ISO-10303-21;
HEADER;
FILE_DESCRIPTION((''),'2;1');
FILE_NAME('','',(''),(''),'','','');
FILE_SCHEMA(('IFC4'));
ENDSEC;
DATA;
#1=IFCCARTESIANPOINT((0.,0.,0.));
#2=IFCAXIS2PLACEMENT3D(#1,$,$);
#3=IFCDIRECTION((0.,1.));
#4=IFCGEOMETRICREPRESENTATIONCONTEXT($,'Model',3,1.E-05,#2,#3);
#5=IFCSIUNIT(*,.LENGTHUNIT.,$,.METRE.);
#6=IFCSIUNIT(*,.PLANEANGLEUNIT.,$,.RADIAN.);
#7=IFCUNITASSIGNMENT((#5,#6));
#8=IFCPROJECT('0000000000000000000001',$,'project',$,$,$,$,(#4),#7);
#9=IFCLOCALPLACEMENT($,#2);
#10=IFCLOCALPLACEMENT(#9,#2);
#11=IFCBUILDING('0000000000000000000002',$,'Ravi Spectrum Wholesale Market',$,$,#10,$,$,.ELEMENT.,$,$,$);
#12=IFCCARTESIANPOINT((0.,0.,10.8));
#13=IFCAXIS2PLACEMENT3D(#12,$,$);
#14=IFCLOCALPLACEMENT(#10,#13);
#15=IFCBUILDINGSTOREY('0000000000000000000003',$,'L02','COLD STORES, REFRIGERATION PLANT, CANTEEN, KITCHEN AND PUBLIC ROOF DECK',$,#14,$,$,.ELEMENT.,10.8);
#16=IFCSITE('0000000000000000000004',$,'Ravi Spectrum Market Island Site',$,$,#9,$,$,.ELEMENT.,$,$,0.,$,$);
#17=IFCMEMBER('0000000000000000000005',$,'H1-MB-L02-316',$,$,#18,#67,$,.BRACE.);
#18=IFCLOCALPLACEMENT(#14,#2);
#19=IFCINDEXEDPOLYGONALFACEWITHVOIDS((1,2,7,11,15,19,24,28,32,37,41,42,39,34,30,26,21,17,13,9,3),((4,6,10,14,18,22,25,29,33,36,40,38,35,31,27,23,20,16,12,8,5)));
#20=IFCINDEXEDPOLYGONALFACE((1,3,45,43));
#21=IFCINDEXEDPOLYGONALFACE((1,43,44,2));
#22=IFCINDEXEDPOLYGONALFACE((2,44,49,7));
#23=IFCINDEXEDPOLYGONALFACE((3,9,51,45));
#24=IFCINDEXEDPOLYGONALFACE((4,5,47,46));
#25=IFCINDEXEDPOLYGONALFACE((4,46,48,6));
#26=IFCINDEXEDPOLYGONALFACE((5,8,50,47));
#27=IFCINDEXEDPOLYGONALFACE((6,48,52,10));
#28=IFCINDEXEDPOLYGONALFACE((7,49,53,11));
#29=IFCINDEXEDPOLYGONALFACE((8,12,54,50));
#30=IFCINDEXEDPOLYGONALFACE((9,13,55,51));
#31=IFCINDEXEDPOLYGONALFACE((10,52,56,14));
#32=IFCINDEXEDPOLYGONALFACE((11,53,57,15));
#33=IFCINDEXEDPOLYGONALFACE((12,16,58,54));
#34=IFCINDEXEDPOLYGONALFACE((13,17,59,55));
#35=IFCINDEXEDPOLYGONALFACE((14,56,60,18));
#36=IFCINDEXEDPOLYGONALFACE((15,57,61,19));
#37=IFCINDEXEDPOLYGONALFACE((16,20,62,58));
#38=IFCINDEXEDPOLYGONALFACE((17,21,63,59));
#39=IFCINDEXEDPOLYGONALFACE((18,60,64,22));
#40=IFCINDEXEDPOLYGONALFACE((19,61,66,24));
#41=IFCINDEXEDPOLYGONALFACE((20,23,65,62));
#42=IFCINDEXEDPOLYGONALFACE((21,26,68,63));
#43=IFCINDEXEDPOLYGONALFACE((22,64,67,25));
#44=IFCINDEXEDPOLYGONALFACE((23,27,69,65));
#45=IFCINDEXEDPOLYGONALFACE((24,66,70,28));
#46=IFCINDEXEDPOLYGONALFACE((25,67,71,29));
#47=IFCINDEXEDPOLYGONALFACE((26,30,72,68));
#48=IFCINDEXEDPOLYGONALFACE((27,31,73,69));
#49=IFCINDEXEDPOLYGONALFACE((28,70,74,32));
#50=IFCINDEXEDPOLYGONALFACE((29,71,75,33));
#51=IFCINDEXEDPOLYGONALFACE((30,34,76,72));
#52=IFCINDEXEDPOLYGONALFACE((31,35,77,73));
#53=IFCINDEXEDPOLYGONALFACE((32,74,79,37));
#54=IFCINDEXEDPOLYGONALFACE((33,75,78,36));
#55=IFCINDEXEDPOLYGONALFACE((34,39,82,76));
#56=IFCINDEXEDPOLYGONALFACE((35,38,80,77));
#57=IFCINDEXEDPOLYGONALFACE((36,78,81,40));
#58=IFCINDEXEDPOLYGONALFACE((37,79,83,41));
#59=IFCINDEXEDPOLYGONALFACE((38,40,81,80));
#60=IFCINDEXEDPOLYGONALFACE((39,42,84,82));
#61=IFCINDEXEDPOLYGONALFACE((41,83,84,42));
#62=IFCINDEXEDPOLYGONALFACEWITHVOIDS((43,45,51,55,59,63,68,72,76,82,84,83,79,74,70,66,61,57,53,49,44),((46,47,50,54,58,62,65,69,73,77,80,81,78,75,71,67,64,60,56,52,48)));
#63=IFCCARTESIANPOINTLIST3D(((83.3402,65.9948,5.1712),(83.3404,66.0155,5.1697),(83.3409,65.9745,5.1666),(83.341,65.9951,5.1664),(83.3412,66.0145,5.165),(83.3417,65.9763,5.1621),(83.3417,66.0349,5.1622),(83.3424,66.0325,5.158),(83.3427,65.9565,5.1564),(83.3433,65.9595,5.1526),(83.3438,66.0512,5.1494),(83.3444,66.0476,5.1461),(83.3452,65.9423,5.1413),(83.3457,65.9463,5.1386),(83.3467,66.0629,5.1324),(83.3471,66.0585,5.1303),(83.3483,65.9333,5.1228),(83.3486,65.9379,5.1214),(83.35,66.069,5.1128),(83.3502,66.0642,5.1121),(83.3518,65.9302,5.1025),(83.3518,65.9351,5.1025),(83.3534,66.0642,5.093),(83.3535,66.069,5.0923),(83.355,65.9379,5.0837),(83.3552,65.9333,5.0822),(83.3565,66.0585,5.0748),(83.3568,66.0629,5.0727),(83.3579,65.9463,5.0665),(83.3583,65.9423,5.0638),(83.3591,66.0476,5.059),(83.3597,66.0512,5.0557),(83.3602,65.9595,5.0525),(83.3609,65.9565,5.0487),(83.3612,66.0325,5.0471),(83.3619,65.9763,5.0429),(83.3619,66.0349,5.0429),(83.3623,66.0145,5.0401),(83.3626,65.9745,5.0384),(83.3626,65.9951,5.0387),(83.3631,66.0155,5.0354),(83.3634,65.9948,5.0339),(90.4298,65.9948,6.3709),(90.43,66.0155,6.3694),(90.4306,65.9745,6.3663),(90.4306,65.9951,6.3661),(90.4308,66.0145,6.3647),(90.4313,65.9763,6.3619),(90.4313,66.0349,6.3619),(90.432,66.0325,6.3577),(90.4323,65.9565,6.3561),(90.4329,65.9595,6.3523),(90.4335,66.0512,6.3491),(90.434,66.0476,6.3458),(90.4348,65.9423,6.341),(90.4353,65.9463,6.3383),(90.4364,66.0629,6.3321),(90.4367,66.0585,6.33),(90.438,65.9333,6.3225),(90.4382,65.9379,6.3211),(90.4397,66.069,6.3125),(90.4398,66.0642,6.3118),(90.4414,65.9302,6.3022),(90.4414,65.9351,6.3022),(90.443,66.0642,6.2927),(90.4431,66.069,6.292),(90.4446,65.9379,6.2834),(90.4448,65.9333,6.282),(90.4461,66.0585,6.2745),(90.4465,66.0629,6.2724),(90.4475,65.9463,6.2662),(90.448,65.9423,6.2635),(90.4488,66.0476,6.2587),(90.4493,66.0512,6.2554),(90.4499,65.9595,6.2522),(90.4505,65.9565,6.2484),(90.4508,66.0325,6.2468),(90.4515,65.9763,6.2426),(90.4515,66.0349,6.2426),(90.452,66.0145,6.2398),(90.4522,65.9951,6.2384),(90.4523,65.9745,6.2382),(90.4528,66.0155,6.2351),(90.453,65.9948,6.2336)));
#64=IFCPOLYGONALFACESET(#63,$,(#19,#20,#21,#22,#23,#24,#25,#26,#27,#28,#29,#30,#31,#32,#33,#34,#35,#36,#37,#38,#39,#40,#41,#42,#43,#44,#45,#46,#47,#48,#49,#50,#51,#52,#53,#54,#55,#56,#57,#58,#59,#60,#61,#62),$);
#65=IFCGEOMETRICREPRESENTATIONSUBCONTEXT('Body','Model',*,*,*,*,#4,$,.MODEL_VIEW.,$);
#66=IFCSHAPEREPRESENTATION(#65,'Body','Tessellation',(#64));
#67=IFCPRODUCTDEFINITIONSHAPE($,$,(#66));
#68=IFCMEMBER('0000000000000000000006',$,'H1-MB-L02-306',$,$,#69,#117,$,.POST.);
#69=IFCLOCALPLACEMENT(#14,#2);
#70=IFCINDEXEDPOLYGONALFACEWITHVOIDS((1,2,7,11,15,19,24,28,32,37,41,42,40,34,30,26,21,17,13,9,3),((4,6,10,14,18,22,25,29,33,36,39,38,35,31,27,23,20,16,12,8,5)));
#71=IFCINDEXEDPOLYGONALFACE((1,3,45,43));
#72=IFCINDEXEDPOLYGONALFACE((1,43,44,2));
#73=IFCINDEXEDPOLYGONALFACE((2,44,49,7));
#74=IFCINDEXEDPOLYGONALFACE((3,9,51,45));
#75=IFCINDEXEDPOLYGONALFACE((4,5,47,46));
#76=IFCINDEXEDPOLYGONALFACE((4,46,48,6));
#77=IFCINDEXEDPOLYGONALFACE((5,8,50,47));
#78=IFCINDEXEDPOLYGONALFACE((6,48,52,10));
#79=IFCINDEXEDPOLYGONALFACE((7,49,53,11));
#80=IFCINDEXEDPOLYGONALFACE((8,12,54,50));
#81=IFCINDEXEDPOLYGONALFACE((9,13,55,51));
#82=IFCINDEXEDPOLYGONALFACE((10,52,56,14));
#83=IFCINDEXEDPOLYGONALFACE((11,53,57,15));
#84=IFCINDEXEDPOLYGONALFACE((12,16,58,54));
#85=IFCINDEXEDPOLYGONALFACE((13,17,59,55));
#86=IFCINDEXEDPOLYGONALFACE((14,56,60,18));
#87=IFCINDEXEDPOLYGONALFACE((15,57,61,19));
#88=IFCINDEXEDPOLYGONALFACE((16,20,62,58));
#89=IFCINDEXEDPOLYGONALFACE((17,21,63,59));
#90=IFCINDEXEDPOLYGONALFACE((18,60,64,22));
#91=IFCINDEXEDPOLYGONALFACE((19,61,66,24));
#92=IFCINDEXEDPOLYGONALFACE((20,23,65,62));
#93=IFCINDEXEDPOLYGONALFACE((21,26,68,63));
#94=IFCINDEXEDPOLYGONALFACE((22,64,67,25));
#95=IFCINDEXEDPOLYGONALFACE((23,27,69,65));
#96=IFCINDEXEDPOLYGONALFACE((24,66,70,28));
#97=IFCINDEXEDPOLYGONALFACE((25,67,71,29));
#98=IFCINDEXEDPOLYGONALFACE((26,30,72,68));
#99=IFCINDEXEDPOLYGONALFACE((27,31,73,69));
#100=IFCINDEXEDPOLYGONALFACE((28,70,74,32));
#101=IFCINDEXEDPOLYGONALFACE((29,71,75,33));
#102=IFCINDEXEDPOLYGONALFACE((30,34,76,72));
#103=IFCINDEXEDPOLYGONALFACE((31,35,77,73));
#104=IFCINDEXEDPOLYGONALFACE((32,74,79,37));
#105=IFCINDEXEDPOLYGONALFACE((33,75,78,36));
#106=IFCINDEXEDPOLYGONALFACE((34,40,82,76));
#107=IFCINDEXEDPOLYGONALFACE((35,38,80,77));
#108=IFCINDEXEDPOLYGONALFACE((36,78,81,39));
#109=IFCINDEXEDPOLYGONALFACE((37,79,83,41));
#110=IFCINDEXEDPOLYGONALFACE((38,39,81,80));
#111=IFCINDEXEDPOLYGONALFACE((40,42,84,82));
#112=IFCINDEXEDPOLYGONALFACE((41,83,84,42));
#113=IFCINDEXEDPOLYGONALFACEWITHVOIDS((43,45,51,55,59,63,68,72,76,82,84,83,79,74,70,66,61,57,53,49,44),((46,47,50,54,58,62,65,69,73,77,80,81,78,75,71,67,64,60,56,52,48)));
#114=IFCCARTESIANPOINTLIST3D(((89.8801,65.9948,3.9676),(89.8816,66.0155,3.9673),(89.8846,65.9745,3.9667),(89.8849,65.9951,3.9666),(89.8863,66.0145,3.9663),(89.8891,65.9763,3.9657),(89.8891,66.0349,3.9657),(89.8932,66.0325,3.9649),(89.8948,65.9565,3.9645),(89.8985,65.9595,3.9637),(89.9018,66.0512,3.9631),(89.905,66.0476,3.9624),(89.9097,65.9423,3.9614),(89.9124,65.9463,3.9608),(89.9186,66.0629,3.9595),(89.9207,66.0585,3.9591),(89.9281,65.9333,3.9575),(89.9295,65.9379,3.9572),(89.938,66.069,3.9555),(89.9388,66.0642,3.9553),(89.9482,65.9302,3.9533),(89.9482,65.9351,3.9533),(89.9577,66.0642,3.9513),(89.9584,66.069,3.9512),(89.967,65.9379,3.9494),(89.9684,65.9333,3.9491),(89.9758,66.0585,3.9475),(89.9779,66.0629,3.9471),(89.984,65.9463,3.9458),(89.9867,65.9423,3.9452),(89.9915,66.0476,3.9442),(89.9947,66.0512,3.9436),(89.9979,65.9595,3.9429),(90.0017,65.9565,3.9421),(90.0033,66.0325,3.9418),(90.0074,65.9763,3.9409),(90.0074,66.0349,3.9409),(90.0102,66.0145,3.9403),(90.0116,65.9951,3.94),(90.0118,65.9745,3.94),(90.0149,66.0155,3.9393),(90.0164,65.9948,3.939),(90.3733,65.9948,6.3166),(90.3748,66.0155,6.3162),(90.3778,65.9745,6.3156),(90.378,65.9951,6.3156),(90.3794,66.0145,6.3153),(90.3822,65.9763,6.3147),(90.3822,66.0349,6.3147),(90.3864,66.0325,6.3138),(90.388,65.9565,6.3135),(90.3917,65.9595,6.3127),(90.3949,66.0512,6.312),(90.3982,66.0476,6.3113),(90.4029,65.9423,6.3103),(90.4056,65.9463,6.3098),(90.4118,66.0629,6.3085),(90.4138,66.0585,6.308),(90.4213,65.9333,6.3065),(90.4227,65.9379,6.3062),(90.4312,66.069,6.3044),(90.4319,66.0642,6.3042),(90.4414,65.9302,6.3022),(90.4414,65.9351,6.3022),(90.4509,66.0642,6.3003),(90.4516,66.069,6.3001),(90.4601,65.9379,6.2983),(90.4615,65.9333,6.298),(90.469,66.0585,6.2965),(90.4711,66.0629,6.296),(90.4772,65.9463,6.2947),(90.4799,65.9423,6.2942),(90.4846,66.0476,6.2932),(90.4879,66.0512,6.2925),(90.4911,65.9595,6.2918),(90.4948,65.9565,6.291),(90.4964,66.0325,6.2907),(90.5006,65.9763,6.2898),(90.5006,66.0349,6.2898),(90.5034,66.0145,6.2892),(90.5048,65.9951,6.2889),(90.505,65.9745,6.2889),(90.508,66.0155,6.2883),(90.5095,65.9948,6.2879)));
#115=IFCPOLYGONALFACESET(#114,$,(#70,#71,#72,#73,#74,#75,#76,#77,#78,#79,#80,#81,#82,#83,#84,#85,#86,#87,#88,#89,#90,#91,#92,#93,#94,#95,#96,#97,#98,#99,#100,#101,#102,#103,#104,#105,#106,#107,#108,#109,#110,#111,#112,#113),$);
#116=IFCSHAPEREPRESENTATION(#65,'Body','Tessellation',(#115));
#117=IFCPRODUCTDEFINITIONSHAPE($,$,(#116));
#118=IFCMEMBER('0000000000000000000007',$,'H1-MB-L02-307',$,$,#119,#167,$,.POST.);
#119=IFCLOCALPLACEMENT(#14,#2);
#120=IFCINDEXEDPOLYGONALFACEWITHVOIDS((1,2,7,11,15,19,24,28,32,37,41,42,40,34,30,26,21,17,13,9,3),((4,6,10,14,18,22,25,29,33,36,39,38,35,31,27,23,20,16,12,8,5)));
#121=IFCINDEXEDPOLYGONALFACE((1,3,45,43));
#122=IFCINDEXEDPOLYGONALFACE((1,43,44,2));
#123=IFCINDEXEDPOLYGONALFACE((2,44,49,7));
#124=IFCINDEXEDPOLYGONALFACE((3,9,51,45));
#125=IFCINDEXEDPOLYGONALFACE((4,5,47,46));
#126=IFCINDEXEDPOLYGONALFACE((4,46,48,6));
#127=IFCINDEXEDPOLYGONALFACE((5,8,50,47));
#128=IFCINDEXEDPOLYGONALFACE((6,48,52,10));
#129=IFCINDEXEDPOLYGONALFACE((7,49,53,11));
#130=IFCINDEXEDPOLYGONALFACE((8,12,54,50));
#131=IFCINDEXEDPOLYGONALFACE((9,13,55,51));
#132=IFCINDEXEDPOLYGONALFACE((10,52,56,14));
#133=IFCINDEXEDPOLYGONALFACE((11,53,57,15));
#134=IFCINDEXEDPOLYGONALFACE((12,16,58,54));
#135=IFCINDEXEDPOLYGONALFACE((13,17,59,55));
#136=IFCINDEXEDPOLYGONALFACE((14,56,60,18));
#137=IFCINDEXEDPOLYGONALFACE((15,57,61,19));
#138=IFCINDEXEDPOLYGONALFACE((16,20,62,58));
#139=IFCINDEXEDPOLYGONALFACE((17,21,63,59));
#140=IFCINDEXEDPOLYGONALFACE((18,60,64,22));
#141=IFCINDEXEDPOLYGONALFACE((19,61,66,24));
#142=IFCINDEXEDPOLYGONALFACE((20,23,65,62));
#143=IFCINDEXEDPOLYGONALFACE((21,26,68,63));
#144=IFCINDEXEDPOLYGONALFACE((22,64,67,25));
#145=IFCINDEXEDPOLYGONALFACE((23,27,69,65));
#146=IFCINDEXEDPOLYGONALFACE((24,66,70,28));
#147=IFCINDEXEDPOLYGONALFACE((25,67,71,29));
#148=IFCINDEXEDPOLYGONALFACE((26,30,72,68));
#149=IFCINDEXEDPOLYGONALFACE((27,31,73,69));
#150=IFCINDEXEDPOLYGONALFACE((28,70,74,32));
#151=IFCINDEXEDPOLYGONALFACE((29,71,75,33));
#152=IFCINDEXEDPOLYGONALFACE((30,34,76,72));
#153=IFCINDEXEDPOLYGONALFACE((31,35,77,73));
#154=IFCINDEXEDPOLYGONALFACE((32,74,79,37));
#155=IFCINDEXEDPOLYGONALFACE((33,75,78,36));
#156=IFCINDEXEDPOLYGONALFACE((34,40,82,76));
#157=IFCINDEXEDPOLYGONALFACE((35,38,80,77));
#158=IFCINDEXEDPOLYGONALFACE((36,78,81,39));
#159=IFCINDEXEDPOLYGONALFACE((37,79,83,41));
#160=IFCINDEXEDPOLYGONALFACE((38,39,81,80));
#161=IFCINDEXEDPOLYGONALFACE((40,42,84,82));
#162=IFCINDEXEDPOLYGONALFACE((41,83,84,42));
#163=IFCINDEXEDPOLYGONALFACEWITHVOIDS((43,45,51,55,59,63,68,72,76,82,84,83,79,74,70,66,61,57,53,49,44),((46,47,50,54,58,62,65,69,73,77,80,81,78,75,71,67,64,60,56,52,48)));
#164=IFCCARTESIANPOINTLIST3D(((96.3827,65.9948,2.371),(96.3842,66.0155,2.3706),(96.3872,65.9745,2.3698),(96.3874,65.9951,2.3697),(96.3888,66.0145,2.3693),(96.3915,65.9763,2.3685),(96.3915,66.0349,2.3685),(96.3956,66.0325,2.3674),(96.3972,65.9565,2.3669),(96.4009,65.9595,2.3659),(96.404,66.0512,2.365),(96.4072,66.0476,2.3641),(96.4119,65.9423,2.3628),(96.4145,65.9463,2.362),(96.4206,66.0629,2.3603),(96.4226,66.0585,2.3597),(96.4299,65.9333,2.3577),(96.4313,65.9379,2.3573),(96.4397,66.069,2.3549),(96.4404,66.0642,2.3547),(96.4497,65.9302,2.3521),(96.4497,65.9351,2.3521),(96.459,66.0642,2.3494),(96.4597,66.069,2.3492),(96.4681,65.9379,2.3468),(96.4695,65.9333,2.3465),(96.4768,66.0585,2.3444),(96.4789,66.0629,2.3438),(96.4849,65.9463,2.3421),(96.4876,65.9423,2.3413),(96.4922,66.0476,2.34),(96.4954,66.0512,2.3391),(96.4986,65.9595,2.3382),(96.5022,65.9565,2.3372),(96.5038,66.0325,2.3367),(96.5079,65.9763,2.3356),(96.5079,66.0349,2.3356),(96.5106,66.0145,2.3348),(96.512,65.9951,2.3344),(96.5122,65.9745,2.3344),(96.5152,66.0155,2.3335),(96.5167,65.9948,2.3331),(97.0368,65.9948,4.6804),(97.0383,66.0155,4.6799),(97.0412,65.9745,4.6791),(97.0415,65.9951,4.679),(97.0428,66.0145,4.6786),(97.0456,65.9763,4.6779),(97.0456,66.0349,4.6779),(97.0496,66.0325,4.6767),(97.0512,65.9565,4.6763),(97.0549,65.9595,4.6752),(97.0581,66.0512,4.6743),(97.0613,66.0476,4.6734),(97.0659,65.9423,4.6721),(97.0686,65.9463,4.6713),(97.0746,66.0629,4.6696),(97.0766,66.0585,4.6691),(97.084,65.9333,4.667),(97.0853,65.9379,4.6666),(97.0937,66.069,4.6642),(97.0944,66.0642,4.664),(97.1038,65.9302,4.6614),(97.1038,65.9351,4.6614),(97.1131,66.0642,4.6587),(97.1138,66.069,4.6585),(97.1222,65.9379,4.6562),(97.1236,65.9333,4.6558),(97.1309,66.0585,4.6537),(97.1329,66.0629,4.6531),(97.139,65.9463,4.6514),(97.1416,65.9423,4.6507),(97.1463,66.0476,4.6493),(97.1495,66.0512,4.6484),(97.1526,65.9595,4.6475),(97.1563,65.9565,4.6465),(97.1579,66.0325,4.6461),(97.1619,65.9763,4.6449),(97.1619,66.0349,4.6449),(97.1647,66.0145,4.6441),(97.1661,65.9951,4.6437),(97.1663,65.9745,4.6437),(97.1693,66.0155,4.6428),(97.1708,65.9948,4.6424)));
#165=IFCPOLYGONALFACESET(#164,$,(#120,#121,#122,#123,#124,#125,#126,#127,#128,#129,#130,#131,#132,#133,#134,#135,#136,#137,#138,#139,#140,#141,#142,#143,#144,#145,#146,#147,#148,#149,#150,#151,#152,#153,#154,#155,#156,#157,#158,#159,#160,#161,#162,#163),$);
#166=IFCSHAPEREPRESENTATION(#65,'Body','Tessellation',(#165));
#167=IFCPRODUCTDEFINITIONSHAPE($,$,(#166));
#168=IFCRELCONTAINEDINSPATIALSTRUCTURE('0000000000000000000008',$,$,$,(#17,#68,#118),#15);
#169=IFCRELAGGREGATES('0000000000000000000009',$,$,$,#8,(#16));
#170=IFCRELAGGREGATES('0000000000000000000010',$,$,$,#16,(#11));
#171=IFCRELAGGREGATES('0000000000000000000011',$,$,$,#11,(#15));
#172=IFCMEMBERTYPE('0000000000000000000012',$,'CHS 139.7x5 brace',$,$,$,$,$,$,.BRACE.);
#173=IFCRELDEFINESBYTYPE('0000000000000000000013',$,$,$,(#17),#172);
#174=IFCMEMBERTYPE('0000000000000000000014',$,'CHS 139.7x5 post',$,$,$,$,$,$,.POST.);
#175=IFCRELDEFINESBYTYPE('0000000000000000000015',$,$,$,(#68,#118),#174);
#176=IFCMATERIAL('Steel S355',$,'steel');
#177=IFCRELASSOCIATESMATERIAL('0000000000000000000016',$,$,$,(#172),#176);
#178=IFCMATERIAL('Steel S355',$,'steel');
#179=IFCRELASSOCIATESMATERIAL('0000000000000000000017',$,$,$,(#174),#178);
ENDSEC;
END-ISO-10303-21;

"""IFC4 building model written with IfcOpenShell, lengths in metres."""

from ifc_helpers import new_model, si_unit, direction, frame, origin, origin_2d, place, context, subcontext, project, spatial, hollow_circle, extrude, material, material_profile, profile_set, type_object, element, save


model = new_model("IFC4")

# Units and contexts
model_context = context("Model", 3, precision=1e-05, world=origin(), true_north=direction((0.0, 1.0)))
body_context = subcontext(model_context, "Body", "Model", "MODEL_VIEW")
ifc_project = project(units=[si_unit("LENGTHUNIT", "METRE"), si_unit("PLANEANGLEUNIT", "RADIAN")], contexts=[model_context])

# Site, building, storey
site_placement = place(None, origin())
site = spatial("IfcSite", under=ifc_project, at=site_placement, Name="Ravi Spectrum Market Island Site", CompositionType="ELEMENT", RefElevation=0.0)
building_placement = place(site_placement, origin())
building = spatial("IfcBuilding", under=site, at=building_placement, Name="Ravi Spectrum Wholesale Market", CompositionType="ELEMENT")
storey_placement = place(building_placement, frame((0.0, 0.0, 10.8)))
storey = spatial("IfcBuildingStorey", under=building, at=storey_placement, Name="L02", Description="COLD STORES, REFRIGERATION PLANT, CANTEEN, KITCHEN AND PUBLIC ROOF DECK", CompositionType="ELEMENT", Elevation=10.8)

# Members
ifc_material_1 = material(Name="Steel S355", Category="steel")
ifc_material_profile_1 = material_profile(ifc_material_1, hollow_circle(Radius=0.0698, WallThickness=0.0049, at=origin_2d()))
ifc_profile_set_1 = profile_set([ifc_material_profile_1], Name="Steel S355")
member_type_1 = type_object("IfcMemberType", Name="CHS 139.7x5 brace", PredefinedType="BRACE", material=ifc_profile_set_1)
member_1_placement = place(storey_placement, frame((90.4414, 66.0, 6.3022), z_axis=(-0.985983, 0.0, -0.166849), x_axis=(0.0, -1.0, 0.0)))
element("IfcMember", 1, at=member_1_placement, inside=storey, type_object=member_type_1, Name="H1-MB-L02-316", PredefinedType="BRACE", context=body_context, shape_type="SweptSolid", body=[
    extrude(hollow_circle(Radius=0.0698, WallThickness=0.0049, at=origin_2d()), origin(), (0.0, 0.0, 1.0), 7.1904),
])
ifc_material_2 = material(Name="Steel S355", Category="steel")
ifc_material_profile_2 = material_profile(ifc_material_2, hollow_circle(Radius=0.0698, WallThickness=0.0049, at=origin_2d()))
ifc_profile_set_2 = profile_set([ifc_material_profile_2], Name="Steel S355")
member_type_2 = type_object("IfcMemberType", Name="CHS 139.7x5 post", PredefinedType="POST", material=ifc_profile_set_2)
for number, where, z_axis, x_axis, name in (
    (2, (90.4414, 66.0, 6.3022), (-0.205477, 0.0, -0.978662), (0.0, -1.0, 0.0), "H1-MB-L02-306"),
    (3, (97.1038, 66.0, 4.6614), (-0.272504, 0.0, -0.962155), (0.0, -1.0, 0.0), "H1-MB-L02-307"),
):
    element("IfcMember", number, at=place(storey_placement, frame(where, z_axis=z_axis, x_axis=x_axis)), inside=storey, type_object=member_type_2, Name=name, PredefinedType="POST", context=body_context, shape_type="SweptSolid", body=[
        extrude(hollow_circle(Radius=0.0698, WallThickness=0.0049, at=origin_2d()), origin(), (0.0, 0.0, 1.0), 2.4001),
    ])

save(model, "model.ifc")
